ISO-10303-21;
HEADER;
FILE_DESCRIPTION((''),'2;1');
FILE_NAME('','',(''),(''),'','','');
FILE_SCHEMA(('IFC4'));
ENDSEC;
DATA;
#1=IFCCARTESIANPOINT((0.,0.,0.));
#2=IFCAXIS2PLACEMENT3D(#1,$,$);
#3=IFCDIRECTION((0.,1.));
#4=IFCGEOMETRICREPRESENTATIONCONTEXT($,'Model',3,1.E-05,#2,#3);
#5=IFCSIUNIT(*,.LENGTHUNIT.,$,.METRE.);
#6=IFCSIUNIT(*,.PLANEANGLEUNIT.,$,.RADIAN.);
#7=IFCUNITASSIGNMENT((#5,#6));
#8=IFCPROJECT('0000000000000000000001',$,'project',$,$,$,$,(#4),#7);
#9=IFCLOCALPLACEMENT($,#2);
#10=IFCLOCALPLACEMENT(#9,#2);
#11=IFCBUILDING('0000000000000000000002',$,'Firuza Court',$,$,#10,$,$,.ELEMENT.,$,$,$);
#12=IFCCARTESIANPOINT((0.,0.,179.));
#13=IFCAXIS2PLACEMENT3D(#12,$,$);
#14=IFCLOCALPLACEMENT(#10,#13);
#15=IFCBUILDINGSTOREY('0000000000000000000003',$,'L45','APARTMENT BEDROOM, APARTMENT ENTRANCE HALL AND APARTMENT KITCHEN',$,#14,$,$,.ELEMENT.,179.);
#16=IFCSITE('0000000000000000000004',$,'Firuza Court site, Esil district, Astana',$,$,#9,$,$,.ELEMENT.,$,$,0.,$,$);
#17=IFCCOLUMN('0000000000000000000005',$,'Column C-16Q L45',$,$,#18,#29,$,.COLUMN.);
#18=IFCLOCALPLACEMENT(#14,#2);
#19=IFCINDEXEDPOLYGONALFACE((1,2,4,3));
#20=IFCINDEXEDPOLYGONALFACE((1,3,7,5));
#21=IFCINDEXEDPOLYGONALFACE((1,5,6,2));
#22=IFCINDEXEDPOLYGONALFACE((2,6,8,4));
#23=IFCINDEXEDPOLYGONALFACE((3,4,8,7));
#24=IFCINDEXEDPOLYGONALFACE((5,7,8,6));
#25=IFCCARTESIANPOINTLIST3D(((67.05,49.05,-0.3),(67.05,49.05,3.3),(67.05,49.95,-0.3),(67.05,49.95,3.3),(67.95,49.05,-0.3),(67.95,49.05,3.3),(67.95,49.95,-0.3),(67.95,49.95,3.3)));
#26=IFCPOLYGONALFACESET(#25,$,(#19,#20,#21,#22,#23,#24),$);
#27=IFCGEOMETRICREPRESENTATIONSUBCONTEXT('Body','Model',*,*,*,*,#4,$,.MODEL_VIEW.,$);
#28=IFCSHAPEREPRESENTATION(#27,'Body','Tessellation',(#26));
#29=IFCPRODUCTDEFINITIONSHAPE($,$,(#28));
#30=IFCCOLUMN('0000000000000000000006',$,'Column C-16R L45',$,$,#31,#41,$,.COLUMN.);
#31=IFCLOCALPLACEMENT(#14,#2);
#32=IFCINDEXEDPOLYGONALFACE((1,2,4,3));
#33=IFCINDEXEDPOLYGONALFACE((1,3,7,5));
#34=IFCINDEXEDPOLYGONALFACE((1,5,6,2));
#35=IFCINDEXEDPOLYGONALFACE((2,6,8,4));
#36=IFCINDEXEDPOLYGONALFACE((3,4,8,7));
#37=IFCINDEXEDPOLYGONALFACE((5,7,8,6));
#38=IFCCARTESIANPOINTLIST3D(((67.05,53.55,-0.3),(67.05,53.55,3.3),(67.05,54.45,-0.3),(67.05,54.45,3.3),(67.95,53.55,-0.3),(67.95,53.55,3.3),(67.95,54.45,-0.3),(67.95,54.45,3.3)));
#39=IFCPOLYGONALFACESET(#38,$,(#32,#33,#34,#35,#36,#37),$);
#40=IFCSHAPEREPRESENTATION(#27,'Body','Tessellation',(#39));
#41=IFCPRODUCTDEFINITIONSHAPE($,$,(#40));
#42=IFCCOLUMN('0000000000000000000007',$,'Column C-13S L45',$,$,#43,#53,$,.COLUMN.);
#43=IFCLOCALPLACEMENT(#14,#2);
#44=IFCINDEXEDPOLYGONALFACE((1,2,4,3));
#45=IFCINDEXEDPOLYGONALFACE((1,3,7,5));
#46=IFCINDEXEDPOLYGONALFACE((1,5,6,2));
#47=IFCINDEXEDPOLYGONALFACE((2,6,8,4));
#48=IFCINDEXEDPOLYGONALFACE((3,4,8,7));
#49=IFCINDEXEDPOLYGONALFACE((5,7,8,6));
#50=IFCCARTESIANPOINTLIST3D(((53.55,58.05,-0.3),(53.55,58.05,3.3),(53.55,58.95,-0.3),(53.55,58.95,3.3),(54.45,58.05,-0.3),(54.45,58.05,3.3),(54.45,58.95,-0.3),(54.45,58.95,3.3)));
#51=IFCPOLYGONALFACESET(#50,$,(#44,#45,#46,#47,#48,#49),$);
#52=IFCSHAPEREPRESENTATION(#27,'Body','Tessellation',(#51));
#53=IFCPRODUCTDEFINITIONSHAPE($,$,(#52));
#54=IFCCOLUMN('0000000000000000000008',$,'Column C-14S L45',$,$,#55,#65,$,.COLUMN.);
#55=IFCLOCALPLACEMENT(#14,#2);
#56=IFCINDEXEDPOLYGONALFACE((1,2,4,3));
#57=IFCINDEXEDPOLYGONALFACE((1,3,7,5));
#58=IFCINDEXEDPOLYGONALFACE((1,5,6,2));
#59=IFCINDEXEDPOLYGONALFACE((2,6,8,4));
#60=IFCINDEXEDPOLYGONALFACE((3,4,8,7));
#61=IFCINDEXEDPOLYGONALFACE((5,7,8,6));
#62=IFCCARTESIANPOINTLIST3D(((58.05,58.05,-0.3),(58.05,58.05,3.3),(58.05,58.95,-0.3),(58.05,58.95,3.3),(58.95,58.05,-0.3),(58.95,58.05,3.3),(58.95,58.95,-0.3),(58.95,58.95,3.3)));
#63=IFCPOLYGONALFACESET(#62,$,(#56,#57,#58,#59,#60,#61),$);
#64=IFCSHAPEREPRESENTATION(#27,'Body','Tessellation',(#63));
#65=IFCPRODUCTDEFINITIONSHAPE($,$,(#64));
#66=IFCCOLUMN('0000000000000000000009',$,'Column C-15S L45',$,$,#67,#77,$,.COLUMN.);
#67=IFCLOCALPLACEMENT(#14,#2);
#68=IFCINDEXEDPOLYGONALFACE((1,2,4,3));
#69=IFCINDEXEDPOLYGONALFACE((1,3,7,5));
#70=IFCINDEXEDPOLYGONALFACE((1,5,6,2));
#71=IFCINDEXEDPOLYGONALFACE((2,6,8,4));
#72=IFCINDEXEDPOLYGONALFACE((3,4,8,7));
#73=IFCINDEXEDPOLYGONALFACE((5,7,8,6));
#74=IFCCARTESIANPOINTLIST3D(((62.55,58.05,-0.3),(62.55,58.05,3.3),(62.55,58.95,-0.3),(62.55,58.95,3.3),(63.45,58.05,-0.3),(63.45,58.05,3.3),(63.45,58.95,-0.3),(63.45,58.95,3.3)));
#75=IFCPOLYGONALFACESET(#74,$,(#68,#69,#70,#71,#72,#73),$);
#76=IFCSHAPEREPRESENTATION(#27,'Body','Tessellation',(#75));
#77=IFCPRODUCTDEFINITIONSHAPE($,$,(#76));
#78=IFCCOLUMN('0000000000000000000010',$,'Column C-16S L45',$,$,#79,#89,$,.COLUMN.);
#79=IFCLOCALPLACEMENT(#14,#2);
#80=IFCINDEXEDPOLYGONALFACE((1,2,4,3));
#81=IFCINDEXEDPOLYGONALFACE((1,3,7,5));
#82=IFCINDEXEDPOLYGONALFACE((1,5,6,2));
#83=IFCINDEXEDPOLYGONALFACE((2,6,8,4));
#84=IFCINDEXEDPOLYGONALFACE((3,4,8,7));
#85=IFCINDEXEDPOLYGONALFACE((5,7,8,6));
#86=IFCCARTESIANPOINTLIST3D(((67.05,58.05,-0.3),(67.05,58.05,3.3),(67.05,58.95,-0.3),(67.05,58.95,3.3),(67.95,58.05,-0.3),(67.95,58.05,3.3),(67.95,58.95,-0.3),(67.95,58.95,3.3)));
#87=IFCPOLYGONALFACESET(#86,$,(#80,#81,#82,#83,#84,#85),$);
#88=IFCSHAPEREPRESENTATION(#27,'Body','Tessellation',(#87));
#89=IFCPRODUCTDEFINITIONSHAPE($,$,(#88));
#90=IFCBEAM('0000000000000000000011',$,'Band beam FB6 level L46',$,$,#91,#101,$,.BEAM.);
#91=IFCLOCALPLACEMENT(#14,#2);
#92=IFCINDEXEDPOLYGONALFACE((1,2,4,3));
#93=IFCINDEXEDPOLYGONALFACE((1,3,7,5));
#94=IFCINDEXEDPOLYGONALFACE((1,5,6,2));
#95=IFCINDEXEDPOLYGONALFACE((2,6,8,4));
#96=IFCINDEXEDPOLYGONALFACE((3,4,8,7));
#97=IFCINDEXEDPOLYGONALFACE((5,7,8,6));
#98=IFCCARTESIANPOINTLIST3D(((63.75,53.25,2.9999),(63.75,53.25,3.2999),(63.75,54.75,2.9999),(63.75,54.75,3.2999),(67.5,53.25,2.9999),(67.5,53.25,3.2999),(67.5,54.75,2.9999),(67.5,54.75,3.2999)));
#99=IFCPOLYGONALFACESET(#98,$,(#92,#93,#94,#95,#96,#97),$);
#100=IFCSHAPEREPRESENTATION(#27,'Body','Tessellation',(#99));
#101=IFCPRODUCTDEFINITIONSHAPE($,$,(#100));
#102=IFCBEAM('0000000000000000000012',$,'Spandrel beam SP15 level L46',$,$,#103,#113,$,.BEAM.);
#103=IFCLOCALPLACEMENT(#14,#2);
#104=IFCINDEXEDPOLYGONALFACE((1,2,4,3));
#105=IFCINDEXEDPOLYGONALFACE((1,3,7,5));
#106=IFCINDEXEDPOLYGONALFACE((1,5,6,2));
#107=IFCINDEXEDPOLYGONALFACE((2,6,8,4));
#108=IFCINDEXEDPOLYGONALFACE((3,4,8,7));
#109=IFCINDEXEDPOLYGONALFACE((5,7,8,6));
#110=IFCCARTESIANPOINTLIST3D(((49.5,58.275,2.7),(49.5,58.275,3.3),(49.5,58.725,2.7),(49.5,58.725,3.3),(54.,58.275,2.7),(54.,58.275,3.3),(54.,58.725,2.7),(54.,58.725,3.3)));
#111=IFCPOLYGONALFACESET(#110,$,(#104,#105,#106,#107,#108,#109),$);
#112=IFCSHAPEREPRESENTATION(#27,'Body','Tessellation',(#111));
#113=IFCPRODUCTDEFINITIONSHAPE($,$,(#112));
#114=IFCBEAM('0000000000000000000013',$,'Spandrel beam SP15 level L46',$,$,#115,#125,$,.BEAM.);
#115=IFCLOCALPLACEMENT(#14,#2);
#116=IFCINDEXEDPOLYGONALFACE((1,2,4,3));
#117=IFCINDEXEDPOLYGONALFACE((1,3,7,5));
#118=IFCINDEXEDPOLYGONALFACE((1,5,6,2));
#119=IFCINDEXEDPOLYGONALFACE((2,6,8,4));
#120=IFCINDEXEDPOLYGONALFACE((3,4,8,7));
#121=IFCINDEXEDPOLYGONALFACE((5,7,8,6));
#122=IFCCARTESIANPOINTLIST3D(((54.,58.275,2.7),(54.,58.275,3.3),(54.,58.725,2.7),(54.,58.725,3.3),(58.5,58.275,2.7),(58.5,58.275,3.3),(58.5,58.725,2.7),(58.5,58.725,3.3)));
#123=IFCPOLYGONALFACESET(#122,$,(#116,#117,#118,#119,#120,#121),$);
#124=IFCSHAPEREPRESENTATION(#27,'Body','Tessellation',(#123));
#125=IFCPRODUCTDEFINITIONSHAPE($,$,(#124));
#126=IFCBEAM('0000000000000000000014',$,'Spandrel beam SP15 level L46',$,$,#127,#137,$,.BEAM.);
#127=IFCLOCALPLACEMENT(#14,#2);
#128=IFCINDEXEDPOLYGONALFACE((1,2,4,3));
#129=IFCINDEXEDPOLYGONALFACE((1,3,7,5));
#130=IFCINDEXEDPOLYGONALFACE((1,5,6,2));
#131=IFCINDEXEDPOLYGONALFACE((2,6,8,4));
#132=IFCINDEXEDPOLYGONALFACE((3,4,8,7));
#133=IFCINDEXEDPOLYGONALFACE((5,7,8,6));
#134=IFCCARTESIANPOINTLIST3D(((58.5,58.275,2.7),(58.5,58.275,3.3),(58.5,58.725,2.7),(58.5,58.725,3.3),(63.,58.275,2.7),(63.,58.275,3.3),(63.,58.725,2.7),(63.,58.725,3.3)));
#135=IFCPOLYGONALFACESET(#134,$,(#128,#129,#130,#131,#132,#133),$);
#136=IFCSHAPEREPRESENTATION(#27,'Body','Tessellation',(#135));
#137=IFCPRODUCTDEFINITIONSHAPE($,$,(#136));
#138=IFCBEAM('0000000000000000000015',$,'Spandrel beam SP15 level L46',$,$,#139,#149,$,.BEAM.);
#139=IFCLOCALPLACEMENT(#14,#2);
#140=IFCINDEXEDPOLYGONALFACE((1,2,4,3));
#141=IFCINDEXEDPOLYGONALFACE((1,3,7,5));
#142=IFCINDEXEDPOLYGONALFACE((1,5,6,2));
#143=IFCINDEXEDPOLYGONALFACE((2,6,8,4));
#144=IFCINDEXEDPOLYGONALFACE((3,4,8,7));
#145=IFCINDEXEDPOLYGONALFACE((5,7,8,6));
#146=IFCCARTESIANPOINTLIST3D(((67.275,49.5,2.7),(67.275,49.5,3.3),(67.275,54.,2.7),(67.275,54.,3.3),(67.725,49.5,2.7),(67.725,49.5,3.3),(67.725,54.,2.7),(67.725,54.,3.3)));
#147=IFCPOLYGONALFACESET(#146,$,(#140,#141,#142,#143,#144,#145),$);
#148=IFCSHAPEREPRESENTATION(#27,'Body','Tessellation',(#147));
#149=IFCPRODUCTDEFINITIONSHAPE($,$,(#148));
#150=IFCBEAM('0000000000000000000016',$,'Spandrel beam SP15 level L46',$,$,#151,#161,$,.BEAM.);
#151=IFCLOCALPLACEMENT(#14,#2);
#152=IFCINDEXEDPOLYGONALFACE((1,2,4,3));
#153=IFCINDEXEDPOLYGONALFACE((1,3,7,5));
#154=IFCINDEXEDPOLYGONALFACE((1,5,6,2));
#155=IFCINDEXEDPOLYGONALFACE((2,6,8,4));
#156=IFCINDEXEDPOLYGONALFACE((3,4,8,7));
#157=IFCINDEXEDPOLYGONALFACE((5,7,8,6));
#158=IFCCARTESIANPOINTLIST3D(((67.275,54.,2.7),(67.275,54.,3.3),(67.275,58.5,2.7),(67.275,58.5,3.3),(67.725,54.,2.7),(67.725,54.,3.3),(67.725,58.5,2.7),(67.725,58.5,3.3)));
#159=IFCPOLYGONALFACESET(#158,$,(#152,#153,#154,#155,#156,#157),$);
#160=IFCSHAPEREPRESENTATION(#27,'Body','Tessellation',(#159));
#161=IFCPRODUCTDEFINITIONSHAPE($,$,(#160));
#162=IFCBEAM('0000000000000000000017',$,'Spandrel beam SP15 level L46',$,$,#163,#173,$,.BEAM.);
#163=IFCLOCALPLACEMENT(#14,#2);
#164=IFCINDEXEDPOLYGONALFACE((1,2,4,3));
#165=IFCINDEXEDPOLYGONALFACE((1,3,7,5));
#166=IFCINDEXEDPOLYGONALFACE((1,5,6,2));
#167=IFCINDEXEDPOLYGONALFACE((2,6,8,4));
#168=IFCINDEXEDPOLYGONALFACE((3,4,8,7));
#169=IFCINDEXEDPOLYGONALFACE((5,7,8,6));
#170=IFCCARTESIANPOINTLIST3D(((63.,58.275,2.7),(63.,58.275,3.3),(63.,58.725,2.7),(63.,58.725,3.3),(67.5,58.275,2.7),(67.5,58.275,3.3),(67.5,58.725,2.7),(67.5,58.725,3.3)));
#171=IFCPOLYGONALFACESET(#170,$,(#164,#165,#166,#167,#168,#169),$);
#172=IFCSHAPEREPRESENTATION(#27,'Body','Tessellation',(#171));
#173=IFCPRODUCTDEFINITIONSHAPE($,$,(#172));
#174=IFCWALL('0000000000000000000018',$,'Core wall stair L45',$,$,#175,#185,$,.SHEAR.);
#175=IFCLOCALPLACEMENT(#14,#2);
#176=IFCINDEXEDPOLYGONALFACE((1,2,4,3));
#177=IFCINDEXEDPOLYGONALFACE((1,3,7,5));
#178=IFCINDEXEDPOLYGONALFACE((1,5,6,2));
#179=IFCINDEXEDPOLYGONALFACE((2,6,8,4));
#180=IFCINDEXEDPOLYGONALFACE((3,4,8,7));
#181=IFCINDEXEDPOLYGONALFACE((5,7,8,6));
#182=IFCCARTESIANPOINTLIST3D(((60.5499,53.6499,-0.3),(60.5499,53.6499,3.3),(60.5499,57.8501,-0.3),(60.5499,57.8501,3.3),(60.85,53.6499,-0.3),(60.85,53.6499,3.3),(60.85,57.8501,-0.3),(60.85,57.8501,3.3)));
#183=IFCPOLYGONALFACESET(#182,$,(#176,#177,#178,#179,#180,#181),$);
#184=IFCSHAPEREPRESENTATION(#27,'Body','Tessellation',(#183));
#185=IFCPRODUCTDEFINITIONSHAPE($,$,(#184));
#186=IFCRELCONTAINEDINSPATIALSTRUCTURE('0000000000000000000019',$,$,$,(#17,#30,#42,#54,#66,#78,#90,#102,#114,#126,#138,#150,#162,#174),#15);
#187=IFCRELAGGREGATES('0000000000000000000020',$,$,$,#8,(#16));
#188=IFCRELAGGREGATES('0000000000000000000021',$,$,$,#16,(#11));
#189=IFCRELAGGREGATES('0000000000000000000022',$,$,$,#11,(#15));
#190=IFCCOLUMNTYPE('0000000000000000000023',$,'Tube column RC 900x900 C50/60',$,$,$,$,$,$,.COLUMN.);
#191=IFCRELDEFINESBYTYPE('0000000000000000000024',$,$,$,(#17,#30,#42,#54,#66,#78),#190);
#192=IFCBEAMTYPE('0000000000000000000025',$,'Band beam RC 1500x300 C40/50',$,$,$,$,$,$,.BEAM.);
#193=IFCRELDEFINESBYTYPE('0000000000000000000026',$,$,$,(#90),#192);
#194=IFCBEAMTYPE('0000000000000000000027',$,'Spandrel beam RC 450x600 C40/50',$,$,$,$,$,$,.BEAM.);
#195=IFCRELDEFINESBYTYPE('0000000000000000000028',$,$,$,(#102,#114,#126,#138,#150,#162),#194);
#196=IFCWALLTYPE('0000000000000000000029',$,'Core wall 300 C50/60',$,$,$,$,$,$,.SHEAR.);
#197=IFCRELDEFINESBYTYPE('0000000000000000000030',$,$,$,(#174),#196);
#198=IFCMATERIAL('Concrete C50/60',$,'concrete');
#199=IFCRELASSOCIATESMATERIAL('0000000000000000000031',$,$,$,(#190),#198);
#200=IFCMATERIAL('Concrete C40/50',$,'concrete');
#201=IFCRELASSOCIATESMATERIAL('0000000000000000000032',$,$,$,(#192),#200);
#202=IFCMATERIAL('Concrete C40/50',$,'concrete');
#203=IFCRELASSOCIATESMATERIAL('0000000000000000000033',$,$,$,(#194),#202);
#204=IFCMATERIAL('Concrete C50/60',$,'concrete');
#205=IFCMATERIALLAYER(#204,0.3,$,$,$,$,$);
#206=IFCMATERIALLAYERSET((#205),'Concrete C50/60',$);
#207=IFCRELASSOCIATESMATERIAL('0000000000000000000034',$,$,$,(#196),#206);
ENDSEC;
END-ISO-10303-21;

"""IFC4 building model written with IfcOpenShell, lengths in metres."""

from ifc_helpers import new_model, si_unit, direction, frame, frame_2d, origin, origin_2d, place, context, subcontext, project, spatial, rectangle, extrude, material, layer, layer_set, material_profile, profile_set, type_object, element, save


model = new_model("IFC4")

# Units and contexts
model_context = context("Model", 3, precision=1e-05, world=origin(), true_north=direction((0.0, 1.0)))
body_context = subcontext(model_context, "Body", "Model", "MODEL_VIEW")
ifc_project = project(units=[si_unit("LENGTHUNIT", "METRE"), si_unit("PLANEANGLEUNIT", "RADIAN")], contexts=[model_context])

# Site, building, storey
site_placement = place(None, origin())
site = spatial("IfcSite", under=ifc_project, at=site_placement, Name="Firuza Court site, Esil district, Astana", CompositionType="ELEMENT", RefElevation=0.0)
building_placement = place(site_placement, origin())
building = spatial("IfcBuilding", under=site, at=building_placement, Name="Firuza Court", CompositionType="ELEMENT")
storey_placement = place(building_placement, frame((0.0, 0.0, 179.0)))
storey = spatial("IfcBuildingStorey", under=building, at=storey_placement, Name="L45", Description="APARTMENT BEDROOM, APARTMENT ENTRANCE HALL AND APARTMENT KITCHEN", CompositionType="ELEMENT", Elevation=179.0)

# Columns
ifc_material_1 = material(Name="Concrete C50/60", Category="concrete")
ifc_material_profile_1 = material_profile(ifc_material_1, rectangle(XDim=0.8999, YDim=0.8999, at=origin_2d()), Name="RC 900x900")
ifc_profile_set_1 = profile_set([ifc_material_profile_1], Name="Concrete C50/60")
column_type = type_object("IfcColumnType", Name="Tube column RC 900x900 C50/60", PredefinedType="COLUMN", material=ifc_profile_set_1)
for number, where, z_axis, x_axis, name in (
    (1, (67.5, 49.5, -0.3), (0.0, 0.0, 1.0), (1.0, 0.0, 0.0), "Column C-16Q L45"),
    (2, (67.5, 54.0, -0.3), (0.0, 0.0, 1.0), (1.0, 0.0, 0.0), "Column C-16R L45"),
    (3, (54.0, 58.5, -0.3), (0.0, 0.0, 1.0), (1.0, 0.0, 0.0), "Column C-13S L45"),
    (4, (58.5, 58.5, -0.3), (0.0, 0.0, 1.0), (1.0, 0.0, 0.0), "Column C-14S L45"),
    (5, (63.0, 58.5, -0.3), (0.0, 0.0, 1.0), (1.0, 0.0, 0.0), "Column C-15S L45"),
    (6, (67.5, 58.5, -0.3), (0.0, 0.0, 1.0), (1.0, 0.0, 0.0), "Column C-16S L45"),
):
    element("IfcColumn", number, at=place(storey_placement, frame(where, z_axis=z_axis, x_axis=x_axis)), inside=storey, type_object=column_type, Name=name, PredefinedType="COLUMN", context=body_context, shape_type="SweptSolid", body=[
        extrude(rectangle(XDim=0.8999, YDim=0.8999, at=origin_2d()), origin(), (0.0, 0.0, 1.0), 3.6001),
    ])

# Beams
ifc_material_2 = material(Name="Concrete C40/50", Category="concrete")
ifc_material_profile_2 = material_profile(ifc_material_2, rectangle(XDim=1.5, YDim=0.3, at=origin_2d()), Name="RC 1500x300")
ifc_profile_set_2 = profile_set([ifc_material_profile_2], Name="Concrete C40/50")
beam_type_1 = type_object("IfcBeamType", Name="Band beam RC 1500x300 C40/50", PredefinedType="BEAM", material=ifc_profile_set_2)
beam_placement = place(storey_placement, frame((67.5, 54.0, 3.1499), z_axis=(-1.0, 0.0, 0.0), x_axis=(0.0, -1.0, 0.0)))
element("IfcBeam", 7, at=beam_placement, inside=storey, type_object=beam_type_1, Name="Band beam FB6 level L46", PredefinedType="BEAM", context=body_context, shape_type="SweptSolid", body=[
    extrude(rectangle(XDim=1.5, YDim=0.3, at=origin_2d()), origin(), (0.0, 0.0, 1.0), 3.75),
])
ifc_material_3 = material(Name="Concrete C40/50", Category="concrete")
ifc_material_profile_3 = material_profile(ifc_material_3, rectangle(XDim=0.45, YDim=0.6001, at=origin_2d()), Name="RC 450x600")
ifc_profile_set_3 = profile_set([ifc_material_profile_3], Name="Concrete C40/50")
beam_type_2 = type_object("IfcBeamType", Name="Spandrel beam RC 450x600 C40/50", PredefinedType="BEAM", material=ifc_profile_set_3)
for number, where, z_axis, x_axis, name in (
    (8, (54.0, 58.5, 3.0), (-1.0, 0.0, 0.0), (0.0, -1.0, 0.0), "Spandrel beam SP15 level L46"),
    (9, (58.5, 58.5, 3.0), (-1.0, 0.0, 0.0), (0.0, -1.0, 0.0), "Spandrel beam SP15 level L46"),
    (10, (63.0, 58.5, 3.0), (-1.0, 0.0, 0.0), (0.0, -1.0, 0.0), "Spandrel beam SP15 level L46"),
    (11, (67.5, 49.5, 3.0), (0.0, 1.0, 0.0), (-1.0, 0.0, 0.0), "Spandrel beam SP15 level L46"),
    (12, (67.5, 54.0, 3.0), (0.0, 1.0, 0.0), (-1.0, 0.0, 0.0), "Spandrel beam SP15 level L46"),
    (13, (67.5, 58.5, 3.0), (-1.0, 0.0, 0.0), (0.0, -1.0, 0.0), "Spandrel beam SP15 level L46"),
):
    element("IfcBeam", number, at=place(storey_placement, frame(where, z_axis=z_axis, x_axis=x_axis)), inside=storey, type_object=beam_type_2, Name=name, PredefinedType="BEAM", context=body_context, shape_type="SweptSolid", body=[
        extrude(rectangle(XDim=0.45, YDim=0.6001, at=origin_2d()), origin(), (0.0, 0.0, 1.0), 4.5),
    ])

# Wall
ifc_material_4 = material(Name="Concrete C50/60", Category="concrete")
ifc_layer_1 = layer(ifc_material_4, 0.3)
ifc_layer_set_1 = layer_set([ifc_layer_1], Name="Concrete C50/60")
wall_type_1 = type_object("IfcWallType", Name="Core wall 300 C50/60", PredefinedType="SHEAR", material=ifc_layer_set_1)
wall_1_placement = place(storey_placement, frame((60.7, 53.6499, -0.3), z_axis=(0.0, 0.0, 1.0), x_axis=(0.0, 1.0, 0.0)))
element("IfcWall", 14, at=wall_1_placement, inside=storey, type_object=wall_type_1, Name="Core wall stair L45", PredefinedType="SHEAR", context=body_context, shape_type="SweptSolid", body=[
    extrude(rectangle(XDim=4.2002, YDim=0.3, at=frame_2d((2.1001, 0.0))), origin(), (0.0, 0.0, 1.0), 3.6001),
])

save(model, "model.ifc")
